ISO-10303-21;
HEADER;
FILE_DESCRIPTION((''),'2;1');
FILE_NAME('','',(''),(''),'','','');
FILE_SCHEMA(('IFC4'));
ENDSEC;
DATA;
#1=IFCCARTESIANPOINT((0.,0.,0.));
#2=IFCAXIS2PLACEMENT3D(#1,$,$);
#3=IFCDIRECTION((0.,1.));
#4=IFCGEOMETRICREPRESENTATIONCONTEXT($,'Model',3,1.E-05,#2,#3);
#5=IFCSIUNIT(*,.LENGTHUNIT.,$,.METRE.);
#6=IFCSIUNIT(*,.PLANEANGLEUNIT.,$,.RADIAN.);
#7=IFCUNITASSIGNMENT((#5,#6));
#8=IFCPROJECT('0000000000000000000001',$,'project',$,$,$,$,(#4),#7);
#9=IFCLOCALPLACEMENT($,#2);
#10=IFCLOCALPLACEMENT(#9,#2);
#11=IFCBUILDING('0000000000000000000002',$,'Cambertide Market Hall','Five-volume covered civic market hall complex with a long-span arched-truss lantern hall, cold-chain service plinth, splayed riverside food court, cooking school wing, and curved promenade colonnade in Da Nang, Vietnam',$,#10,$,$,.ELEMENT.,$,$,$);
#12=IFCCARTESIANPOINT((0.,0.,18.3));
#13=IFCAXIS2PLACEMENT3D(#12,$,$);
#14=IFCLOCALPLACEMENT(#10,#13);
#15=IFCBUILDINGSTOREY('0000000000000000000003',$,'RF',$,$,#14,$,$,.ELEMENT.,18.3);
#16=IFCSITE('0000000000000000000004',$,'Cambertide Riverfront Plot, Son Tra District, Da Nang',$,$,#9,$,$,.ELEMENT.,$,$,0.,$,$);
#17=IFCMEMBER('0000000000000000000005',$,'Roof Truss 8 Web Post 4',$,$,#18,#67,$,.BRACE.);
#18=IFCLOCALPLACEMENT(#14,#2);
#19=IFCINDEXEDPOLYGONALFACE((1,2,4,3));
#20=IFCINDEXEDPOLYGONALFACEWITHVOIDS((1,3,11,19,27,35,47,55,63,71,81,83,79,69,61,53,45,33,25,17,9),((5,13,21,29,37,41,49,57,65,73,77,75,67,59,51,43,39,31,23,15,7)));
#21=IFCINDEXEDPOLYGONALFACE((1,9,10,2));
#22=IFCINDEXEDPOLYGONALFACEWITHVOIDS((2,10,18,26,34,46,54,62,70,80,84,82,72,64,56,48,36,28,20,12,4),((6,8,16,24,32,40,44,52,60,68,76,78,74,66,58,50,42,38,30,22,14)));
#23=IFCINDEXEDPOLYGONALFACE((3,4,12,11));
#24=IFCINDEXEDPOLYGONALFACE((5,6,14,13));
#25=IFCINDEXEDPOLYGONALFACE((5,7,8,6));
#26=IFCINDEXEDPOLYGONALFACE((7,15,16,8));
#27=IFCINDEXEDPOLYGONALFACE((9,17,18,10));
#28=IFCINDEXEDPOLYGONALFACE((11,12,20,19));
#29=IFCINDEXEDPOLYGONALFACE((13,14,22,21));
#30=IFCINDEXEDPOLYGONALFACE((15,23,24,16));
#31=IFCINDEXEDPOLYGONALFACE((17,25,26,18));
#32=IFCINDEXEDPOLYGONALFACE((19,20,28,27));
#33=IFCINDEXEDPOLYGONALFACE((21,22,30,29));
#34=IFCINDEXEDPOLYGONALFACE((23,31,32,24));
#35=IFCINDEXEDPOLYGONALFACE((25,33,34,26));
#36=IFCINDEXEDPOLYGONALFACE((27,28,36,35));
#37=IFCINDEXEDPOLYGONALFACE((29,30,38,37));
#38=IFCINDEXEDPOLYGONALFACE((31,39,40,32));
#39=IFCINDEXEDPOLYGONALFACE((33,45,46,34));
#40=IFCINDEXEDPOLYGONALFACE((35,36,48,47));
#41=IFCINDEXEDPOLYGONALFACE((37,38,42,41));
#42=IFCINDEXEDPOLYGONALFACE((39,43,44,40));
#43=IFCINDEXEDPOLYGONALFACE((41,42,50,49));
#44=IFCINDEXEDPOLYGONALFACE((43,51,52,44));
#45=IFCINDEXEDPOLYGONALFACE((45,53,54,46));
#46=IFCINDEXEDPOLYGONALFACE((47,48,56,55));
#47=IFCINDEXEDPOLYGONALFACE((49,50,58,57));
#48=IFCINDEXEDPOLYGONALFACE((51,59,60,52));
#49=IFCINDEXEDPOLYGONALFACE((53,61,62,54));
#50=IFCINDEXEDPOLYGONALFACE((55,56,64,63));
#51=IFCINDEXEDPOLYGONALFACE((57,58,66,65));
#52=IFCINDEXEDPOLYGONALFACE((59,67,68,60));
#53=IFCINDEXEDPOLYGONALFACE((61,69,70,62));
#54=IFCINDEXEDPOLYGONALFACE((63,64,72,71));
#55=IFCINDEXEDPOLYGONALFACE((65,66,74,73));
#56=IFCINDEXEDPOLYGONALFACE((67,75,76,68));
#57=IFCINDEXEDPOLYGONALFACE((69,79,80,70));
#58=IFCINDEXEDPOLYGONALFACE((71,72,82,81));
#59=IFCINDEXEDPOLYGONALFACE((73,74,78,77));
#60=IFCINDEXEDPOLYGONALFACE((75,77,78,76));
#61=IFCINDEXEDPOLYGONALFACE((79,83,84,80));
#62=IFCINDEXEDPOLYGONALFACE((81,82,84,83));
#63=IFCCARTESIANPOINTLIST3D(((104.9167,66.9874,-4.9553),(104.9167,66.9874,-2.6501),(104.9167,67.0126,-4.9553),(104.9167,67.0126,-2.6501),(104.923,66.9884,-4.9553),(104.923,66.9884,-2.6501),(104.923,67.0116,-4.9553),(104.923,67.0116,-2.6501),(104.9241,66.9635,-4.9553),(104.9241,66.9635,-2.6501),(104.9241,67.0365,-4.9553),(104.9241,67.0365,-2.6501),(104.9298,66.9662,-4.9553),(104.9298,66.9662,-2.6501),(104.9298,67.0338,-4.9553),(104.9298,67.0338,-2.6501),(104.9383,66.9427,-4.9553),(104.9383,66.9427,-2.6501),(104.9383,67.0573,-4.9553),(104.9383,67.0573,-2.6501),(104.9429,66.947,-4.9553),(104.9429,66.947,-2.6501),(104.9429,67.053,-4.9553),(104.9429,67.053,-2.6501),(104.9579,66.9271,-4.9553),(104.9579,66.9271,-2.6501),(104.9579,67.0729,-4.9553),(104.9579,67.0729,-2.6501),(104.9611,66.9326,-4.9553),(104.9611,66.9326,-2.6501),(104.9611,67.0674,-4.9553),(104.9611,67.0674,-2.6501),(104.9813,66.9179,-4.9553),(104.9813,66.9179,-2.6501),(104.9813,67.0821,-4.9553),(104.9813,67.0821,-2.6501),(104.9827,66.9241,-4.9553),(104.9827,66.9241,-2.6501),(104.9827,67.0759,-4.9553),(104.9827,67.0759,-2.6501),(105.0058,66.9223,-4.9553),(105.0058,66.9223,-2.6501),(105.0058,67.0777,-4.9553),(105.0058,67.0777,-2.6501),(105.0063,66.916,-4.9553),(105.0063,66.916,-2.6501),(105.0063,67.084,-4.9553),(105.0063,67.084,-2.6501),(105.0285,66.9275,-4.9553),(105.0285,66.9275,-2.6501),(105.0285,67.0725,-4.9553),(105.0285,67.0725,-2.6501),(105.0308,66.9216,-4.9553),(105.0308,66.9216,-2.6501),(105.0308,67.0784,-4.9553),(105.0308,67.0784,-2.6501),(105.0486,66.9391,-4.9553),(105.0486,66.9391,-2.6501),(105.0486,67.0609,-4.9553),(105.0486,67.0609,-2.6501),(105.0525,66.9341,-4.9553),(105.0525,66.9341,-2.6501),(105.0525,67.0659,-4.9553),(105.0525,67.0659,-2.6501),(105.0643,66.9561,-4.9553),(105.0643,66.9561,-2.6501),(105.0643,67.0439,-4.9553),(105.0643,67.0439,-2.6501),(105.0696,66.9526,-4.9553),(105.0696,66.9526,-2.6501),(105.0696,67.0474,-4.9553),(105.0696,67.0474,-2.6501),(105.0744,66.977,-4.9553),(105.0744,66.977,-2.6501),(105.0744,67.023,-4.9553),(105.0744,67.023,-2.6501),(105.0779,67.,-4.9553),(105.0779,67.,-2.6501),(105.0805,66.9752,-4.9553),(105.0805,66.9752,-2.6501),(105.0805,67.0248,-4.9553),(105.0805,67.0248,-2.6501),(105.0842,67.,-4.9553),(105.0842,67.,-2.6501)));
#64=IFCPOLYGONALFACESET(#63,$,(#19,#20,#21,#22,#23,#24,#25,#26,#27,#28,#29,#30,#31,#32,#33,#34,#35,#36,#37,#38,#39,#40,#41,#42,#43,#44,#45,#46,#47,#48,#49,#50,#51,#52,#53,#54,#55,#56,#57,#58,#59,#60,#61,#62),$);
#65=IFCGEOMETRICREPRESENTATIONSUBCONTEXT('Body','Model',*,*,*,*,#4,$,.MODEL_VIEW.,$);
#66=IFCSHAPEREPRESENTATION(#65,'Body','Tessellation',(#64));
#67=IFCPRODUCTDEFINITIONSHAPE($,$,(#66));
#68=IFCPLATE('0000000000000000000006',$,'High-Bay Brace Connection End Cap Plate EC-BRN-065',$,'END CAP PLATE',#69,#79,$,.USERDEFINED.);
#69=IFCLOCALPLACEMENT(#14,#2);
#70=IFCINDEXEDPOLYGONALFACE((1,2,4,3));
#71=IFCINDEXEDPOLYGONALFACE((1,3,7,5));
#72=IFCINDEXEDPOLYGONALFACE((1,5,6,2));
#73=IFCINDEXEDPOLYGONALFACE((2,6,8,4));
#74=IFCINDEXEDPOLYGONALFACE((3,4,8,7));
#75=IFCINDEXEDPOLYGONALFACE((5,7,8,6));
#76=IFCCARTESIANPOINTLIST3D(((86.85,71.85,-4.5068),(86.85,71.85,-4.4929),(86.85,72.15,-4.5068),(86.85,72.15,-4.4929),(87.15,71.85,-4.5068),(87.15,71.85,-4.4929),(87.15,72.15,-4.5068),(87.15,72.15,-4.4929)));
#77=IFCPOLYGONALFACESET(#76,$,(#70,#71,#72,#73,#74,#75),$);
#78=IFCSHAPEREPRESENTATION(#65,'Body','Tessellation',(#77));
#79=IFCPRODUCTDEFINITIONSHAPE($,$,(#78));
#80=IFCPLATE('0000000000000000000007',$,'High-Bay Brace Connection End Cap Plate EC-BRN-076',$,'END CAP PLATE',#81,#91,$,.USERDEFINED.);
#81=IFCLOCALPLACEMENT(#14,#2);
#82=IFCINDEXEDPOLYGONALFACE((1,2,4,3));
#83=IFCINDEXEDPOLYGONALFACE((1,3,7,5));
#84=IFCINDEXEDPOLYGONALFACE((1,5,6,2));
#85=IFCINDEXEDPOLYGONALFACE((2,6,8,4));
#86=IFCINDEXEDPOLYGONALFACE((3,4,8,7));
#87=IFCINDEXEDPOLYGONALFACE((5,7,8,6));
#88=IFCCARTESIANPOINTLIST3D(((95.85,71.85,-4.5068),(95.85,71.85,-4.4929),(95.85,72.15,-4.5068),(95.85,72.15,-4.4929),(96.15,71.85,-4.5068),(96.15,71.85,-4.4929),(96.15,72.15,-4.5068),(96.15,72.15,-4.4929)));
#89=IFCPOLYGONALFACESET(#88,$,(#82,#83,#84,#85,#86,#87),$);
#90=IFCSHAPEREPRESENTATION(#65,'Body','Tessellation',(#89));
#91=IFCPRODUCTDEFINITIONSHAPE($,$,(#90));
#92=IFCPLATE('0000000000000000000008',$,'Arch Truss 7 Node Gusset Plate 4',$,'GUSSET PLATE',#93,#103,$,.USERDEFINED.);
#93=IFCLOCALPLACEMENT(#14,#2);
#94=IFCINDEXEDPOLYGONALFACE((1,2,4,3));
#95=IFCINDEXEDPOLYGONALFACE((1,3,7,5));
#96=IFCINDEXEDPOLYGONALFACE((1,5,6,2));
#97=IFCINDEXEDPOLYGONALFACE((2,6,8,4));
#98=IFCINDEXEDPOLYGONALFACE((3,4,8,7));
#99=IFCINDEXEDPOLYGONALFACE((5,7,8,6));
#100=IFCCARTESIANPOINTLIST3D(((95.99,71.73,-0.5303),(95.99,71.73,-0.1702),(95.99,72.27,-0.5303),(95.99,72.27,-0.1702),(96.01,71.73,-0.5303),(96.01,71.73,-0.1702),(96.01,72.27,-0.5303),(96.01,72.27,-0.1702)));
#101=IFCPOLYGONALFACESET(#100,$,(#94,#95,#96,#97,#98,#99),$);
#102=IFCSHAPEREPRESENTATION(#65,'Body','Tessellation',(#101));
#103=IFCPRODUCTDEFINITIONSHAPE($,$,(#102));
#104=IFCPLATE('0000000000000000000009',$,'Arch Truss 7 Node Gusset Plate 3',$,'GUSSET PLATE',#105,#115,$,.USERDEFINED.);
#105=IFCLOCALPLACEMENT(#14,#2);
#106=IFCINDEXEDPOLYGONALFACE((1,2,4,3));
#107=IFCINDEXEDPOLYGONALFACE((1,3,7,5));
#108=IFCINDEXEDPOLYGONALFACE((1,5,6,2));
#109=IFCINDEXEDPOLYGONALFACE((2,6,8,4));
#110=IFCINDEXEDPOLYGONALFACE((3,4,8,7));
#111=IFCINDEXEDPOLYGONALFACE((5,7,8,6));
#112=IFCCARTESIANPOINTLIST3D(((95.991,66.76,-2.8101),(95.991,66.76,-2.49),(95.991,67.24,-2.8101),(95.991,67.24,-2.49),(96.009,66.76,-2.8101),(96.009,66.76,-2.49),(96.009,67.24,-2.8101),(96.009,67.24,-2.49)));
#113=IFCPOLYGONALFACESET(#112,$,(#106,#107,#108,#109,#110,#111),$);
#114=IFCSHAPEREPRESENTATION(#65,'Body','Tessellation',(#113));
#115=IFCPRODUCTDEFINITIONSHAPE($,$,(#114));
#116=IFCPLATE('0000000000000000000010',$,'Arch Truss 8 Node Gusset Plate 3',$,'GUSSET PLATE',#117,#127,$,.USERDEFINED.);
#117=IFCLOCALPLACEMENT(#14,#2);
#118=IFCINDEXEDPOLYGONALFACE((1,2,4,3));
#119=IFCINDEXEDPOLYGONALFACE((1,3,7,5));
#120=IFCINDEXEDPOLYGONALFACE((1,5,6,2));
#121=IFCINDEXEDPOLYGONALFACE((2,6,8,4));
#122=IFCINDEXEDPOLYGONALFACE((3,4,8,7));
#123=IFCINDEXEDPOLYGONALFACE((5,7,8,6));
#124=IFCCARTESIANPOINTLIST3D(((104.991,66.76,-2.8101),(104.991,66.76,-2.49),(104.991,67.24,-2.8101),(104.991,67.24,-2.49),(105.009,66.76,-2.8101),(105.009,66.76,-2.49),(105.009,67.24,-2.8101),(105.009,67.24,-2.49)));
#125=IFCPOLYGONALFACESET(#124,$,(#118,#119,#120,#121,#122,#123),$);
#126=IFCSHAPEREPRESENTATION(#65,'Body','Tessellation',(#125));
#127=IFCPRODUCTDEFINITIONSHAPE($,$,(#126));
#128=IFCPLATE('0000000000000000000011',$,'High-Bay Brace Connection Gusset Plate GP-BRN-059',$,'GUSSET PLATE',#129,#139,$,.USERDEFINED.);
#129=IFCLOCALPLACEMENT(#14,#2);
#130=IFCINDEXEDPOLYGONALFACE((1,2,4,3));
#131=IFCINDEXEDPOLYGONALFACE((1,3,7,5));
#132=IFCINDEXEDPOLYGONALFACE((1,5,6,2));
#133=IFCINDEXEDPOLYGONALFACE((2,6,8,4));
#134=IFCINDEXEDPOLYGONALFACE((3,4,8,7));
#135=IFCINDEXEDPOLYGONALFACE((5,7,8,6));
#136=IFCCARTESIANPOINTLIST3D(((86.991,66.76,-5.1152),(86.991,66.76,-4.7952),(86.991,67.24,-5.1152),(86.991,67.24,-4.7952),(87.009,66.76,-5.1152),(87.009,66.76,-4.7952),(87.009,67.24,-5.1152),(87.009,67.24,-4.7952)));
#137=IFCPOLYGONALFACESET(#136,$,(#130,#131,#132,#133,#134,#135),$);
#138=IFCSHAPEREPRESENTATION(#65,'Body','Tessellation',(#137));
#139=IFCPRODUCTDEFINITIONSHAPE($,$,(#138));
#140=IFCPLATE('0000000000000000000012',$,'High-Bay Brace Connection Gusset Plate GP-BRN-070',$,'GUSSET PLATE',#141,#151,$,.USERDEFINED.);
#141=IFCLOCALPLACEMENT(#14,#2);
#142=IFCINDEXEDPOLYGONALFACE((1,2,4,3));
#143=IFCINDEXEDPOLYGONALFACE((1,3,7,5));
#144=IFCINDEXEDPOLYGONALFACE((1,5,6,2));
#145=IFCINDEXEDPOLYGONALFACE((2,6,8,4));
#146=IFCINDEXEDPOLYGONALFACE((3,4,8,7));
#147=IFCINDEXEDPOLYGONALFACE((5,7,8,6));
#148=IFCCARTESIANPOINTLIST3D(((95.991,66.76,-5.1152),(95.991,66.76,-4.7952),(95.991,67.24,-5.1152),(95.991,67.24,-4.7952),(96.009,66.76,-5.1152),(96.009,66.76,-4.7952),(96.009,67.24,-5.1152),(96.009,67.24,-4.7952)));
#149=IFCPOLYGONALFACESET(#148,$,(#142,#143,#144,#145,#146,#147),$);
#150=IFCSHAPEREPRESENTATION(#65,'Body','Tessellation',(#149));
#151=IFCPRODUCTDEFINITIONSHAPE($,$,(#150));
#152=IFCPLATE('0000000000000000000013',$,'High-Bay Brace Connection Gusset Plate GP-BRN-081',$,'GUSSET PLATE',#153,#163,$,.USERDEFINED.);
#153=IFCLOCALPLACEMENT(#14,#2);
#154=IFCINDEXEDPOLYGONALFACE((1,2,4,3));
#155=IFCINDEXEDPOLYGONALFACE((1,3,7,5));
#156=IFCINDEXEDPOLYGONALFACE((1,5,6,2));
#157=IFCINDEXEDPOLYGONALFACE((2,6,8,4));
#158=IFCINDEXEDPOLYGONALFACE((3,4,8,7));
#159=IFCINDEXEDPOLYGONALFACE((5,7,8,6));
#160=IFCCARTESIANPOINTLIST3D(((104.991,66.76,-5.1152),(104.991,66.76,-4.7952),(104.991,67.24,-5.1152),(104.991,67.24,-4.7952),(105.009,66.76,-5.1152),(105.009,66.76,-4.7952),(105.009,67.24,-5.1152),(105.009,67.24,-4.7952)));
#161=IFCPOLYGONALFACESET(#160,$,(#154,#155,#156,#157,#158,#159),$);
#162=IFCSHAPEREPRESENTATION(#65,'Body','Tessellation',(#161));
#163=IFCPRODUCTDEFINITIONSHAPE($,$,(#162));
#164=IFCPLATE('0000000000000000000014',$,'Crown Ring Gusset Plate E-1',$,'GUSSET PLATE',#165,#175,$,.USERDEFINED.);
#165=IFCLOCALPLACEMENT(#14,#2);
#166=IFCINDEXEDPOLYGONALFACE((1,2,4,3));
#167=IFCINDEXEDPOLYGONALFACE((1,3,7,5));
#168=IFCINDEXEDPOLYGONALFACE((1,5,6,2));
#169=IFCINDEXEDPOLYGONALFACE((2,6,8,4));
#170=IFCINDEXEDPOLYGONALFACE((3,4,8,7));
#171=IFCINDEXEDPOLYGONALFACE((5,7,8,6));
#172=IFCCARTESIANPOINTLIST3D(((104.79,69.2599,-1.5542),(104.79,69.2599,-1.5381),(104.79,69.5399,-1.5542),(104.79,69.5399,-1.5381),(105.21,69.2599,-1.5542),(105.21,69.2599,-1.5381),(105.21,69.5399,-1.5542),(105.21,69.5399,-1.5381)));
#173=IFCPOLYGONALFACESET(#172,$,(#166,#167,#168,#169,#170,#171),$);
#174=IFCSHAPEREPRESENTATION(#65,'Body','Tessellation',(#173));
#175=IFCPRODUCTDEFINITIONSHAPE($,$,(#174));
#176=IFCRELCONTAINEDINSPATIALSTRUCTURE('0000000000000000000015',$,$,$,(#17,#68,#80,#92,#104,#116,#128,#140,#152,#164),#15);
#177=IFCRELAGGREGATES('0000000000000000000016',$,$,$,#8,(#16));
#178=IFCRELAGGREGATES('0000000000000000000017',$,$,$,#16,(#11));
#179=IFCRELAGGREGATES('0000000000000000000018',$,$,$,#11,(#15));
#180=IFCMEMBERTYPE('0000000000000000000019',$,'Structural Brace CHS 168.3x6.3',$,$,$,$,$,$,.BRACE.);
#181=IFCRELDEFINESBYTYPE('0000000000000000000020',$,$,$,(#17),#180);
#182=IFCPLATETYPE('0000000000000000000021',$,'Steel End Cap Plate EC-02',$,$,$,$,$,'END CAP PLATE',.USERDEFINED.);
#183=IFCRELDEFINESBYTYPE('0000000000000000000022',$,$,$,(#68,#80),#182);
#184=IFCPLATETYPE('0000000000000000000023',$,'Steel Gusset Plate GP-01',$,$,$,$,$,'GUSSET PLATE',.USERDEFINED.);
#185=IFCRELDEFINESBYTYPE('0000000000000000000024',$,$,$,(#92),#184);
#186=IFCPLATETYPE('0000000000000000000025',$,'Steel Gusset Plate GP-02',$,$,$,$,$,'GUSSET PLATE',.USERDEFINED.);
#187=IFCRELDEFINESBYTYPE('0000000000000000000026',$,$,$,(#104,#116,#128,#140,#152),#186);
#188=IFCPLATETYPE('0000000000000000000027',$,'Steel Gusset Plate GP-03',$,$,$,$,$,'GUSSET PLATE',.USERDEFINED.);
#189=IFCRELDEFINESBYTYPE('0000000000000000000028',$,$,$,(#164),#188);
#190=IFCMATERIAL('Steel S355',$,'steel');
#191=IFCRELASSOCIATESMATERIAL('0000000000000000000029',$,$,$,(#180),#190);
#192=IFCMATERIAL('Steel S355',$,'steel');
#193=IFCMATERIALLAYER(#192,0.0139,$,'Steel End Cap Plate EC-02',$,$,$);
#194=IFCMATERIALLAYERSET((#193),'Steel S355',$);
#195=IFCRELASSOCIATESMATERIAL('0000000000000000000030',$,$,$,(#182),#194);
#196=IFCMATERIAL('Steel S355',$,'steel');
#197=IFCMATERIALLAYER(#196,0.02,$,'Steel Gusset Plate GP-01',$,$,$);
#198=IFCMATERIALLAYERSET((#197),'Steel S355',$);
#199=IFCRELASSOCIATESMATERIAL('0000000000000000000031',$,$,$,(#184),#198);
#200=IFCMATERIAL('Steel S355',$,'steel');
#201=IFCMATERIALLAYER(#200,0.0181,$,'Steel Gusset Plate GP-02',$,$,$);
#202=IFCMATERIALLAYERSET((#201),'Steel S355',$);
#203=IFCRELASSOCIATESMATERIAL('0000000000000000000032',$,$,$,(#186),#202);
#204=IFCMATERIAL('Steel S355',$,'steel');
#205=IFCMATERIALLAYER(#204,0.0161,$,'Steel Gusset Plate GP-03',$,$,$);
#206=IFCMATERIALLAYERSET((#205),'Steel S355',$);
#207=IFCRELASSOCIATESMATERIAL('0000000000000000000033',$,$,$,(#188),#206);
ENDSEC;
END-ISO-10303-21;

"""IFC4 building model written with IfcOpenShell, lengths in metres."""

from ifc_helpers import new_model, si_unit, direction, frame, origin, origin_2d, place, context, subcontext, project, spatial, rectangle, hollow_circle, extrude, material, layer, layer_set, material_profile, profile_set, type_object, element, save


model = new_model("IFC4")

# Units and contexts
model_context = context("Model", 3, precision=1e-05, world=origin(), true_north=direction((0.0, 1.0)))
body_context = subcontext(model_context, "Body", "Model", "MODEL_VIEW")
ifc_project = project(units=[si_unit("LENGTHUNIT", "METRE"), si_unit("PLANEANGLEUNIT", "RADIAN")], contexts=[model_context])

# Site, building, storey
site_placement = place(None, origin())
site = spatial("IfcSite", under=ifc_project, at=site_placement, Name="Cambertide Riverfront Plot, Son Tra District, Da Nang", CompositionType="ELEMENT", RefElevation=0.0)
building_placement = place(site_placement, origin())
building = spatial("IfcBuilding", under=site, at=building_placement, Name="Cambertide Market Hall", Description="Five-volume covered civic market hall complex with a long-span arched-truss lantern hall, cold-chain service plinth, splayed riverside food court, cooking school wing, and curved promenade colonnade in Da Nang, Vietnam", CompositionType="ELEMENT")
storey_placement = place(building_placement, frame((0.0, 0.0, 18.3)))
storey = spatial("IfcBuildingStorey", under=building, at=storey_placement, Name="RF", CompositionType="ELEMENT", Elevation=18.3)

# Member
ifc_material_1 = material(Name="Steel S355", Category="steel")
ifc_material_profile_1 = material_profile(ifc_material_1, hollow_circle(Radius=0.0842, WallThickness=0.0063, at=origin_2d()), Name="CHS 168.3x6.3")
ifc_profile_set_1 = profile_set([ifc_material_profile_1], Name="Steel S355")
member_type_1 = type_object("IfcMemberType", Name="Structural Brace CHS 168.3x6.3", PredefinedType="BRACE", material=ifc_profile_set_1)
member_1_placement = place(storey_placement, frame((105.0, 67.0, -4.9553), z_axis=(0.0, 0.0, 1.0), x_axis=(1.0, 0.0, 0.0)))
element("IfcMember", 1, at=member_1_placement, inside=storey, type_object=member_type_1, Name="Roof Truss 8 Web Post 4", PredefinedType="BRACE", context=body_context, shape_type="SweptSolid", body=[
    extrude(hollow_circle(Radius=0.0842, WallThickness=0.0063, at=origin_2d()), origin(), (0.0, 0.0, 1.0), 2.3052),
])

# Plates
ifc_material_2 = material(Name="Steel S355", Category="steel")
ifc_layer_1 = layer(ifc_material_2, 0.0139, Name="Steel End Cap Plate EC-02")
ifc_layer_set_1 = layer_set([ifc_layer_1], Name="Steel S355")
plate_type_1 = type_object("IfcPlateType", Name="Steel End Cap Plate EC-02", ElementType="END CAP PLATE", PredefinedType="USERDEFINED", material=ifc_layer_set_1)
for number, where, z_axis, x_axis, name in (
    (2, (87.0, 72.0, -4.5068), (0.0, 0.0, 1.0), (1.0, 0.0, 0.0), "High-Bay Brace Connection End Cap Plate EC-BRN-065"),
    (3, (96.0, 72.0, -4.5068), (0.0, 0.0, 1.0), (1.0, 0.0, 0.0), "High-Bay Brace Connection End Cap Plate EC-BRN-076"),
):
    element("IfcPlate", number, at=place(storey_placement, frame(where, z_axis=z_axis, x_axis=x_axis)), inside=storey, type_object=plate_type_1, Name=name, ObjectType="END CAP PLATE", PredefinedType="USERDEFINED", context=body_context, shape_type="SweptSolid", body=[
        extrude(rectangle(XDim=0.3, YDim=0.3, at=origin_2d()), origin(), (0.0, 0.0, 1.0), 0.0139),
    ])
ifc_material_3 = material(Name="Steel S355", Category="steel")
ifc_layer_2 = layer(ifc_material_3, 0.02, Name="Steel Gusset Plate GP-01")
ifc_layer_set_2 = layer_set([ifc_layer_2], Name="Steel S355")
plate_type_2 = type_object("IfcPlateType", Name="Steel Gusset Plate GP-01", ElementType="GUSSET PLATE", PredefinedType="USERDEFINED", material=ifc_layer_set_2)
plate_1_placement = place(storey_placement, frame((96.0, 72.0, -0.5303), z_axis=(0.0, 0.0, 1.0), x_axis=(1.0, 0.0, 0.0)))
element("IfcPlate", 4, at=plate_1_placement, inside=storey, type_object=plate_type_2, Name="Arch Truss 7 Node Gusset Plate 4", ObjectType="GUSSET PLATE", PredefinedType="USERDEFINED", context=body_context, shape_type="SweptSolid", body=[
    extrude(rectangle(XDim=0.02, YDim=0.54, at=origin_2d()), origin(), (0.0, 0.0, 1.0), 0.3601),
])
ifc_material_4 = material(Name="Steel S355", Category="steel")
ifc_layer_3 = layer(ifc_material_4, 0.0181, Name="Steel Gusset Plate GP-02")
ifc_layer_set_3 = layer_set([ifc_layer_3], Name="Steel S355")
plate_type_3 = type_object("IfcPlateType", Name="Steel Gusset Plate GP-02", ElementType="GUSSET PLATE", PredefinedType="USERDEFINED", material=ifc_layer_set_3)
for number, where, z_axis, x_axis, name in (
    (5, (96.0, 67.0, -2.8101), (0.0, 0.0, 1.0), (1.0, 0.0, 0.0), "Arch Truss 7 Node Gusset Plate 3"),
    (6, (105.0, 67.0, -2.8101), (0.0, 0.0, 1.0), (1.0, 0.0, 0.0), "Arch Truss 8 Node Gusset Plate 3"),
):
    element("IfcPlate", number, at=place(storey_placement, frame(where, z_axis=z_axis, x_axis=x_axis)), inside=storey, type_object=plate_type_3, Name=name, ObjectType="GUSSET PLATE", PredefinedType="USERDEFINED", context=body_context, shape_type="SweptSolid", body=[
        extrude(rectangle(XDim=0.0181, YDim=0.48, at=origin_2d()), origin(), (0.0, 0.0, 1.0), 0.3201),
    ])
for number, where, z_axis, x_axis, name in (
    (7, (87.0, 67.0, -5.1152), (0.0, 0.0, 1.0), (0.0, 1.0, 0.0), "High-Bay Brace Connection Gusset Plate GP-BRN-059"),
    (8, (96.0, 67.0, -5.1152), (0.0, 0.0, 1.0), (0.0, 1.0, 0.0), "High-Bay Brace Connection Gusset Plate GP-BRN-070"),
    (9, (105.0, 67.0, -5.1152), (0.0, 0.0, 1.0), (0.0, 1.0, 0.0), "High-Bay Brace Connection Gusset Plate GP-BRN-081"),
):
    element("IfcPlate", number, at=place(storey_placement, frame(where, z_axis=z_axis, x_axis=x_axis)), inside=storey, type_object=plate_type_3, Name=name, ObjectType="GUSSET PLATE", PredefinedType="USERDEFINED", context=body_context, shape_type="SweptSolid", body=[
        extrude(rectangle(XDim=0.48, YDim=0.0181, at=origin_2d()), origin(), (0.0, 0.0, 1.0), 0.3201),
    ])
ifc_material_5 = material(Name="Steel S355", Category="steel")
ifc_layer_4 = layer(ifc_material_5, 0.0161, Name="Steel Gusset Plate GP-03")
ifc_layer_set_4 = layer_set([ifc_layer_4], Name="Steel S355")
plate_type_4 = type_object("IfcPlateType", Name="Steel Gusset Plate GP-03", ElementType="GUSSET PLATE", PredefinedType="USERDEFINED", material=ifc_layer_set_4)
plate_2_placement = place(storey_placement, frame((105.0, 69.3999, -1.5542), z_axis=(0.0, 0.0, 1.0), x_axis=(1.0, 0.0, 0.0)))
element("IfcPlate", 10, at=plate_2_placement, inside=storey, type_object=plate_type_4, Name="Crown Ring Gusset Plate E-1", ObjectType="GUSSET PLATE", PredefinedType="USERDEFINED", context=body_context, shape_type="SweptSolid", body=[
    extrude(rectangle(XDim=0.4199, YDim=0.28, at=origin_2d()), origin(), (0.0, 0.0, 1.0), 0.0161),
])

save(model, "model.ifc")
